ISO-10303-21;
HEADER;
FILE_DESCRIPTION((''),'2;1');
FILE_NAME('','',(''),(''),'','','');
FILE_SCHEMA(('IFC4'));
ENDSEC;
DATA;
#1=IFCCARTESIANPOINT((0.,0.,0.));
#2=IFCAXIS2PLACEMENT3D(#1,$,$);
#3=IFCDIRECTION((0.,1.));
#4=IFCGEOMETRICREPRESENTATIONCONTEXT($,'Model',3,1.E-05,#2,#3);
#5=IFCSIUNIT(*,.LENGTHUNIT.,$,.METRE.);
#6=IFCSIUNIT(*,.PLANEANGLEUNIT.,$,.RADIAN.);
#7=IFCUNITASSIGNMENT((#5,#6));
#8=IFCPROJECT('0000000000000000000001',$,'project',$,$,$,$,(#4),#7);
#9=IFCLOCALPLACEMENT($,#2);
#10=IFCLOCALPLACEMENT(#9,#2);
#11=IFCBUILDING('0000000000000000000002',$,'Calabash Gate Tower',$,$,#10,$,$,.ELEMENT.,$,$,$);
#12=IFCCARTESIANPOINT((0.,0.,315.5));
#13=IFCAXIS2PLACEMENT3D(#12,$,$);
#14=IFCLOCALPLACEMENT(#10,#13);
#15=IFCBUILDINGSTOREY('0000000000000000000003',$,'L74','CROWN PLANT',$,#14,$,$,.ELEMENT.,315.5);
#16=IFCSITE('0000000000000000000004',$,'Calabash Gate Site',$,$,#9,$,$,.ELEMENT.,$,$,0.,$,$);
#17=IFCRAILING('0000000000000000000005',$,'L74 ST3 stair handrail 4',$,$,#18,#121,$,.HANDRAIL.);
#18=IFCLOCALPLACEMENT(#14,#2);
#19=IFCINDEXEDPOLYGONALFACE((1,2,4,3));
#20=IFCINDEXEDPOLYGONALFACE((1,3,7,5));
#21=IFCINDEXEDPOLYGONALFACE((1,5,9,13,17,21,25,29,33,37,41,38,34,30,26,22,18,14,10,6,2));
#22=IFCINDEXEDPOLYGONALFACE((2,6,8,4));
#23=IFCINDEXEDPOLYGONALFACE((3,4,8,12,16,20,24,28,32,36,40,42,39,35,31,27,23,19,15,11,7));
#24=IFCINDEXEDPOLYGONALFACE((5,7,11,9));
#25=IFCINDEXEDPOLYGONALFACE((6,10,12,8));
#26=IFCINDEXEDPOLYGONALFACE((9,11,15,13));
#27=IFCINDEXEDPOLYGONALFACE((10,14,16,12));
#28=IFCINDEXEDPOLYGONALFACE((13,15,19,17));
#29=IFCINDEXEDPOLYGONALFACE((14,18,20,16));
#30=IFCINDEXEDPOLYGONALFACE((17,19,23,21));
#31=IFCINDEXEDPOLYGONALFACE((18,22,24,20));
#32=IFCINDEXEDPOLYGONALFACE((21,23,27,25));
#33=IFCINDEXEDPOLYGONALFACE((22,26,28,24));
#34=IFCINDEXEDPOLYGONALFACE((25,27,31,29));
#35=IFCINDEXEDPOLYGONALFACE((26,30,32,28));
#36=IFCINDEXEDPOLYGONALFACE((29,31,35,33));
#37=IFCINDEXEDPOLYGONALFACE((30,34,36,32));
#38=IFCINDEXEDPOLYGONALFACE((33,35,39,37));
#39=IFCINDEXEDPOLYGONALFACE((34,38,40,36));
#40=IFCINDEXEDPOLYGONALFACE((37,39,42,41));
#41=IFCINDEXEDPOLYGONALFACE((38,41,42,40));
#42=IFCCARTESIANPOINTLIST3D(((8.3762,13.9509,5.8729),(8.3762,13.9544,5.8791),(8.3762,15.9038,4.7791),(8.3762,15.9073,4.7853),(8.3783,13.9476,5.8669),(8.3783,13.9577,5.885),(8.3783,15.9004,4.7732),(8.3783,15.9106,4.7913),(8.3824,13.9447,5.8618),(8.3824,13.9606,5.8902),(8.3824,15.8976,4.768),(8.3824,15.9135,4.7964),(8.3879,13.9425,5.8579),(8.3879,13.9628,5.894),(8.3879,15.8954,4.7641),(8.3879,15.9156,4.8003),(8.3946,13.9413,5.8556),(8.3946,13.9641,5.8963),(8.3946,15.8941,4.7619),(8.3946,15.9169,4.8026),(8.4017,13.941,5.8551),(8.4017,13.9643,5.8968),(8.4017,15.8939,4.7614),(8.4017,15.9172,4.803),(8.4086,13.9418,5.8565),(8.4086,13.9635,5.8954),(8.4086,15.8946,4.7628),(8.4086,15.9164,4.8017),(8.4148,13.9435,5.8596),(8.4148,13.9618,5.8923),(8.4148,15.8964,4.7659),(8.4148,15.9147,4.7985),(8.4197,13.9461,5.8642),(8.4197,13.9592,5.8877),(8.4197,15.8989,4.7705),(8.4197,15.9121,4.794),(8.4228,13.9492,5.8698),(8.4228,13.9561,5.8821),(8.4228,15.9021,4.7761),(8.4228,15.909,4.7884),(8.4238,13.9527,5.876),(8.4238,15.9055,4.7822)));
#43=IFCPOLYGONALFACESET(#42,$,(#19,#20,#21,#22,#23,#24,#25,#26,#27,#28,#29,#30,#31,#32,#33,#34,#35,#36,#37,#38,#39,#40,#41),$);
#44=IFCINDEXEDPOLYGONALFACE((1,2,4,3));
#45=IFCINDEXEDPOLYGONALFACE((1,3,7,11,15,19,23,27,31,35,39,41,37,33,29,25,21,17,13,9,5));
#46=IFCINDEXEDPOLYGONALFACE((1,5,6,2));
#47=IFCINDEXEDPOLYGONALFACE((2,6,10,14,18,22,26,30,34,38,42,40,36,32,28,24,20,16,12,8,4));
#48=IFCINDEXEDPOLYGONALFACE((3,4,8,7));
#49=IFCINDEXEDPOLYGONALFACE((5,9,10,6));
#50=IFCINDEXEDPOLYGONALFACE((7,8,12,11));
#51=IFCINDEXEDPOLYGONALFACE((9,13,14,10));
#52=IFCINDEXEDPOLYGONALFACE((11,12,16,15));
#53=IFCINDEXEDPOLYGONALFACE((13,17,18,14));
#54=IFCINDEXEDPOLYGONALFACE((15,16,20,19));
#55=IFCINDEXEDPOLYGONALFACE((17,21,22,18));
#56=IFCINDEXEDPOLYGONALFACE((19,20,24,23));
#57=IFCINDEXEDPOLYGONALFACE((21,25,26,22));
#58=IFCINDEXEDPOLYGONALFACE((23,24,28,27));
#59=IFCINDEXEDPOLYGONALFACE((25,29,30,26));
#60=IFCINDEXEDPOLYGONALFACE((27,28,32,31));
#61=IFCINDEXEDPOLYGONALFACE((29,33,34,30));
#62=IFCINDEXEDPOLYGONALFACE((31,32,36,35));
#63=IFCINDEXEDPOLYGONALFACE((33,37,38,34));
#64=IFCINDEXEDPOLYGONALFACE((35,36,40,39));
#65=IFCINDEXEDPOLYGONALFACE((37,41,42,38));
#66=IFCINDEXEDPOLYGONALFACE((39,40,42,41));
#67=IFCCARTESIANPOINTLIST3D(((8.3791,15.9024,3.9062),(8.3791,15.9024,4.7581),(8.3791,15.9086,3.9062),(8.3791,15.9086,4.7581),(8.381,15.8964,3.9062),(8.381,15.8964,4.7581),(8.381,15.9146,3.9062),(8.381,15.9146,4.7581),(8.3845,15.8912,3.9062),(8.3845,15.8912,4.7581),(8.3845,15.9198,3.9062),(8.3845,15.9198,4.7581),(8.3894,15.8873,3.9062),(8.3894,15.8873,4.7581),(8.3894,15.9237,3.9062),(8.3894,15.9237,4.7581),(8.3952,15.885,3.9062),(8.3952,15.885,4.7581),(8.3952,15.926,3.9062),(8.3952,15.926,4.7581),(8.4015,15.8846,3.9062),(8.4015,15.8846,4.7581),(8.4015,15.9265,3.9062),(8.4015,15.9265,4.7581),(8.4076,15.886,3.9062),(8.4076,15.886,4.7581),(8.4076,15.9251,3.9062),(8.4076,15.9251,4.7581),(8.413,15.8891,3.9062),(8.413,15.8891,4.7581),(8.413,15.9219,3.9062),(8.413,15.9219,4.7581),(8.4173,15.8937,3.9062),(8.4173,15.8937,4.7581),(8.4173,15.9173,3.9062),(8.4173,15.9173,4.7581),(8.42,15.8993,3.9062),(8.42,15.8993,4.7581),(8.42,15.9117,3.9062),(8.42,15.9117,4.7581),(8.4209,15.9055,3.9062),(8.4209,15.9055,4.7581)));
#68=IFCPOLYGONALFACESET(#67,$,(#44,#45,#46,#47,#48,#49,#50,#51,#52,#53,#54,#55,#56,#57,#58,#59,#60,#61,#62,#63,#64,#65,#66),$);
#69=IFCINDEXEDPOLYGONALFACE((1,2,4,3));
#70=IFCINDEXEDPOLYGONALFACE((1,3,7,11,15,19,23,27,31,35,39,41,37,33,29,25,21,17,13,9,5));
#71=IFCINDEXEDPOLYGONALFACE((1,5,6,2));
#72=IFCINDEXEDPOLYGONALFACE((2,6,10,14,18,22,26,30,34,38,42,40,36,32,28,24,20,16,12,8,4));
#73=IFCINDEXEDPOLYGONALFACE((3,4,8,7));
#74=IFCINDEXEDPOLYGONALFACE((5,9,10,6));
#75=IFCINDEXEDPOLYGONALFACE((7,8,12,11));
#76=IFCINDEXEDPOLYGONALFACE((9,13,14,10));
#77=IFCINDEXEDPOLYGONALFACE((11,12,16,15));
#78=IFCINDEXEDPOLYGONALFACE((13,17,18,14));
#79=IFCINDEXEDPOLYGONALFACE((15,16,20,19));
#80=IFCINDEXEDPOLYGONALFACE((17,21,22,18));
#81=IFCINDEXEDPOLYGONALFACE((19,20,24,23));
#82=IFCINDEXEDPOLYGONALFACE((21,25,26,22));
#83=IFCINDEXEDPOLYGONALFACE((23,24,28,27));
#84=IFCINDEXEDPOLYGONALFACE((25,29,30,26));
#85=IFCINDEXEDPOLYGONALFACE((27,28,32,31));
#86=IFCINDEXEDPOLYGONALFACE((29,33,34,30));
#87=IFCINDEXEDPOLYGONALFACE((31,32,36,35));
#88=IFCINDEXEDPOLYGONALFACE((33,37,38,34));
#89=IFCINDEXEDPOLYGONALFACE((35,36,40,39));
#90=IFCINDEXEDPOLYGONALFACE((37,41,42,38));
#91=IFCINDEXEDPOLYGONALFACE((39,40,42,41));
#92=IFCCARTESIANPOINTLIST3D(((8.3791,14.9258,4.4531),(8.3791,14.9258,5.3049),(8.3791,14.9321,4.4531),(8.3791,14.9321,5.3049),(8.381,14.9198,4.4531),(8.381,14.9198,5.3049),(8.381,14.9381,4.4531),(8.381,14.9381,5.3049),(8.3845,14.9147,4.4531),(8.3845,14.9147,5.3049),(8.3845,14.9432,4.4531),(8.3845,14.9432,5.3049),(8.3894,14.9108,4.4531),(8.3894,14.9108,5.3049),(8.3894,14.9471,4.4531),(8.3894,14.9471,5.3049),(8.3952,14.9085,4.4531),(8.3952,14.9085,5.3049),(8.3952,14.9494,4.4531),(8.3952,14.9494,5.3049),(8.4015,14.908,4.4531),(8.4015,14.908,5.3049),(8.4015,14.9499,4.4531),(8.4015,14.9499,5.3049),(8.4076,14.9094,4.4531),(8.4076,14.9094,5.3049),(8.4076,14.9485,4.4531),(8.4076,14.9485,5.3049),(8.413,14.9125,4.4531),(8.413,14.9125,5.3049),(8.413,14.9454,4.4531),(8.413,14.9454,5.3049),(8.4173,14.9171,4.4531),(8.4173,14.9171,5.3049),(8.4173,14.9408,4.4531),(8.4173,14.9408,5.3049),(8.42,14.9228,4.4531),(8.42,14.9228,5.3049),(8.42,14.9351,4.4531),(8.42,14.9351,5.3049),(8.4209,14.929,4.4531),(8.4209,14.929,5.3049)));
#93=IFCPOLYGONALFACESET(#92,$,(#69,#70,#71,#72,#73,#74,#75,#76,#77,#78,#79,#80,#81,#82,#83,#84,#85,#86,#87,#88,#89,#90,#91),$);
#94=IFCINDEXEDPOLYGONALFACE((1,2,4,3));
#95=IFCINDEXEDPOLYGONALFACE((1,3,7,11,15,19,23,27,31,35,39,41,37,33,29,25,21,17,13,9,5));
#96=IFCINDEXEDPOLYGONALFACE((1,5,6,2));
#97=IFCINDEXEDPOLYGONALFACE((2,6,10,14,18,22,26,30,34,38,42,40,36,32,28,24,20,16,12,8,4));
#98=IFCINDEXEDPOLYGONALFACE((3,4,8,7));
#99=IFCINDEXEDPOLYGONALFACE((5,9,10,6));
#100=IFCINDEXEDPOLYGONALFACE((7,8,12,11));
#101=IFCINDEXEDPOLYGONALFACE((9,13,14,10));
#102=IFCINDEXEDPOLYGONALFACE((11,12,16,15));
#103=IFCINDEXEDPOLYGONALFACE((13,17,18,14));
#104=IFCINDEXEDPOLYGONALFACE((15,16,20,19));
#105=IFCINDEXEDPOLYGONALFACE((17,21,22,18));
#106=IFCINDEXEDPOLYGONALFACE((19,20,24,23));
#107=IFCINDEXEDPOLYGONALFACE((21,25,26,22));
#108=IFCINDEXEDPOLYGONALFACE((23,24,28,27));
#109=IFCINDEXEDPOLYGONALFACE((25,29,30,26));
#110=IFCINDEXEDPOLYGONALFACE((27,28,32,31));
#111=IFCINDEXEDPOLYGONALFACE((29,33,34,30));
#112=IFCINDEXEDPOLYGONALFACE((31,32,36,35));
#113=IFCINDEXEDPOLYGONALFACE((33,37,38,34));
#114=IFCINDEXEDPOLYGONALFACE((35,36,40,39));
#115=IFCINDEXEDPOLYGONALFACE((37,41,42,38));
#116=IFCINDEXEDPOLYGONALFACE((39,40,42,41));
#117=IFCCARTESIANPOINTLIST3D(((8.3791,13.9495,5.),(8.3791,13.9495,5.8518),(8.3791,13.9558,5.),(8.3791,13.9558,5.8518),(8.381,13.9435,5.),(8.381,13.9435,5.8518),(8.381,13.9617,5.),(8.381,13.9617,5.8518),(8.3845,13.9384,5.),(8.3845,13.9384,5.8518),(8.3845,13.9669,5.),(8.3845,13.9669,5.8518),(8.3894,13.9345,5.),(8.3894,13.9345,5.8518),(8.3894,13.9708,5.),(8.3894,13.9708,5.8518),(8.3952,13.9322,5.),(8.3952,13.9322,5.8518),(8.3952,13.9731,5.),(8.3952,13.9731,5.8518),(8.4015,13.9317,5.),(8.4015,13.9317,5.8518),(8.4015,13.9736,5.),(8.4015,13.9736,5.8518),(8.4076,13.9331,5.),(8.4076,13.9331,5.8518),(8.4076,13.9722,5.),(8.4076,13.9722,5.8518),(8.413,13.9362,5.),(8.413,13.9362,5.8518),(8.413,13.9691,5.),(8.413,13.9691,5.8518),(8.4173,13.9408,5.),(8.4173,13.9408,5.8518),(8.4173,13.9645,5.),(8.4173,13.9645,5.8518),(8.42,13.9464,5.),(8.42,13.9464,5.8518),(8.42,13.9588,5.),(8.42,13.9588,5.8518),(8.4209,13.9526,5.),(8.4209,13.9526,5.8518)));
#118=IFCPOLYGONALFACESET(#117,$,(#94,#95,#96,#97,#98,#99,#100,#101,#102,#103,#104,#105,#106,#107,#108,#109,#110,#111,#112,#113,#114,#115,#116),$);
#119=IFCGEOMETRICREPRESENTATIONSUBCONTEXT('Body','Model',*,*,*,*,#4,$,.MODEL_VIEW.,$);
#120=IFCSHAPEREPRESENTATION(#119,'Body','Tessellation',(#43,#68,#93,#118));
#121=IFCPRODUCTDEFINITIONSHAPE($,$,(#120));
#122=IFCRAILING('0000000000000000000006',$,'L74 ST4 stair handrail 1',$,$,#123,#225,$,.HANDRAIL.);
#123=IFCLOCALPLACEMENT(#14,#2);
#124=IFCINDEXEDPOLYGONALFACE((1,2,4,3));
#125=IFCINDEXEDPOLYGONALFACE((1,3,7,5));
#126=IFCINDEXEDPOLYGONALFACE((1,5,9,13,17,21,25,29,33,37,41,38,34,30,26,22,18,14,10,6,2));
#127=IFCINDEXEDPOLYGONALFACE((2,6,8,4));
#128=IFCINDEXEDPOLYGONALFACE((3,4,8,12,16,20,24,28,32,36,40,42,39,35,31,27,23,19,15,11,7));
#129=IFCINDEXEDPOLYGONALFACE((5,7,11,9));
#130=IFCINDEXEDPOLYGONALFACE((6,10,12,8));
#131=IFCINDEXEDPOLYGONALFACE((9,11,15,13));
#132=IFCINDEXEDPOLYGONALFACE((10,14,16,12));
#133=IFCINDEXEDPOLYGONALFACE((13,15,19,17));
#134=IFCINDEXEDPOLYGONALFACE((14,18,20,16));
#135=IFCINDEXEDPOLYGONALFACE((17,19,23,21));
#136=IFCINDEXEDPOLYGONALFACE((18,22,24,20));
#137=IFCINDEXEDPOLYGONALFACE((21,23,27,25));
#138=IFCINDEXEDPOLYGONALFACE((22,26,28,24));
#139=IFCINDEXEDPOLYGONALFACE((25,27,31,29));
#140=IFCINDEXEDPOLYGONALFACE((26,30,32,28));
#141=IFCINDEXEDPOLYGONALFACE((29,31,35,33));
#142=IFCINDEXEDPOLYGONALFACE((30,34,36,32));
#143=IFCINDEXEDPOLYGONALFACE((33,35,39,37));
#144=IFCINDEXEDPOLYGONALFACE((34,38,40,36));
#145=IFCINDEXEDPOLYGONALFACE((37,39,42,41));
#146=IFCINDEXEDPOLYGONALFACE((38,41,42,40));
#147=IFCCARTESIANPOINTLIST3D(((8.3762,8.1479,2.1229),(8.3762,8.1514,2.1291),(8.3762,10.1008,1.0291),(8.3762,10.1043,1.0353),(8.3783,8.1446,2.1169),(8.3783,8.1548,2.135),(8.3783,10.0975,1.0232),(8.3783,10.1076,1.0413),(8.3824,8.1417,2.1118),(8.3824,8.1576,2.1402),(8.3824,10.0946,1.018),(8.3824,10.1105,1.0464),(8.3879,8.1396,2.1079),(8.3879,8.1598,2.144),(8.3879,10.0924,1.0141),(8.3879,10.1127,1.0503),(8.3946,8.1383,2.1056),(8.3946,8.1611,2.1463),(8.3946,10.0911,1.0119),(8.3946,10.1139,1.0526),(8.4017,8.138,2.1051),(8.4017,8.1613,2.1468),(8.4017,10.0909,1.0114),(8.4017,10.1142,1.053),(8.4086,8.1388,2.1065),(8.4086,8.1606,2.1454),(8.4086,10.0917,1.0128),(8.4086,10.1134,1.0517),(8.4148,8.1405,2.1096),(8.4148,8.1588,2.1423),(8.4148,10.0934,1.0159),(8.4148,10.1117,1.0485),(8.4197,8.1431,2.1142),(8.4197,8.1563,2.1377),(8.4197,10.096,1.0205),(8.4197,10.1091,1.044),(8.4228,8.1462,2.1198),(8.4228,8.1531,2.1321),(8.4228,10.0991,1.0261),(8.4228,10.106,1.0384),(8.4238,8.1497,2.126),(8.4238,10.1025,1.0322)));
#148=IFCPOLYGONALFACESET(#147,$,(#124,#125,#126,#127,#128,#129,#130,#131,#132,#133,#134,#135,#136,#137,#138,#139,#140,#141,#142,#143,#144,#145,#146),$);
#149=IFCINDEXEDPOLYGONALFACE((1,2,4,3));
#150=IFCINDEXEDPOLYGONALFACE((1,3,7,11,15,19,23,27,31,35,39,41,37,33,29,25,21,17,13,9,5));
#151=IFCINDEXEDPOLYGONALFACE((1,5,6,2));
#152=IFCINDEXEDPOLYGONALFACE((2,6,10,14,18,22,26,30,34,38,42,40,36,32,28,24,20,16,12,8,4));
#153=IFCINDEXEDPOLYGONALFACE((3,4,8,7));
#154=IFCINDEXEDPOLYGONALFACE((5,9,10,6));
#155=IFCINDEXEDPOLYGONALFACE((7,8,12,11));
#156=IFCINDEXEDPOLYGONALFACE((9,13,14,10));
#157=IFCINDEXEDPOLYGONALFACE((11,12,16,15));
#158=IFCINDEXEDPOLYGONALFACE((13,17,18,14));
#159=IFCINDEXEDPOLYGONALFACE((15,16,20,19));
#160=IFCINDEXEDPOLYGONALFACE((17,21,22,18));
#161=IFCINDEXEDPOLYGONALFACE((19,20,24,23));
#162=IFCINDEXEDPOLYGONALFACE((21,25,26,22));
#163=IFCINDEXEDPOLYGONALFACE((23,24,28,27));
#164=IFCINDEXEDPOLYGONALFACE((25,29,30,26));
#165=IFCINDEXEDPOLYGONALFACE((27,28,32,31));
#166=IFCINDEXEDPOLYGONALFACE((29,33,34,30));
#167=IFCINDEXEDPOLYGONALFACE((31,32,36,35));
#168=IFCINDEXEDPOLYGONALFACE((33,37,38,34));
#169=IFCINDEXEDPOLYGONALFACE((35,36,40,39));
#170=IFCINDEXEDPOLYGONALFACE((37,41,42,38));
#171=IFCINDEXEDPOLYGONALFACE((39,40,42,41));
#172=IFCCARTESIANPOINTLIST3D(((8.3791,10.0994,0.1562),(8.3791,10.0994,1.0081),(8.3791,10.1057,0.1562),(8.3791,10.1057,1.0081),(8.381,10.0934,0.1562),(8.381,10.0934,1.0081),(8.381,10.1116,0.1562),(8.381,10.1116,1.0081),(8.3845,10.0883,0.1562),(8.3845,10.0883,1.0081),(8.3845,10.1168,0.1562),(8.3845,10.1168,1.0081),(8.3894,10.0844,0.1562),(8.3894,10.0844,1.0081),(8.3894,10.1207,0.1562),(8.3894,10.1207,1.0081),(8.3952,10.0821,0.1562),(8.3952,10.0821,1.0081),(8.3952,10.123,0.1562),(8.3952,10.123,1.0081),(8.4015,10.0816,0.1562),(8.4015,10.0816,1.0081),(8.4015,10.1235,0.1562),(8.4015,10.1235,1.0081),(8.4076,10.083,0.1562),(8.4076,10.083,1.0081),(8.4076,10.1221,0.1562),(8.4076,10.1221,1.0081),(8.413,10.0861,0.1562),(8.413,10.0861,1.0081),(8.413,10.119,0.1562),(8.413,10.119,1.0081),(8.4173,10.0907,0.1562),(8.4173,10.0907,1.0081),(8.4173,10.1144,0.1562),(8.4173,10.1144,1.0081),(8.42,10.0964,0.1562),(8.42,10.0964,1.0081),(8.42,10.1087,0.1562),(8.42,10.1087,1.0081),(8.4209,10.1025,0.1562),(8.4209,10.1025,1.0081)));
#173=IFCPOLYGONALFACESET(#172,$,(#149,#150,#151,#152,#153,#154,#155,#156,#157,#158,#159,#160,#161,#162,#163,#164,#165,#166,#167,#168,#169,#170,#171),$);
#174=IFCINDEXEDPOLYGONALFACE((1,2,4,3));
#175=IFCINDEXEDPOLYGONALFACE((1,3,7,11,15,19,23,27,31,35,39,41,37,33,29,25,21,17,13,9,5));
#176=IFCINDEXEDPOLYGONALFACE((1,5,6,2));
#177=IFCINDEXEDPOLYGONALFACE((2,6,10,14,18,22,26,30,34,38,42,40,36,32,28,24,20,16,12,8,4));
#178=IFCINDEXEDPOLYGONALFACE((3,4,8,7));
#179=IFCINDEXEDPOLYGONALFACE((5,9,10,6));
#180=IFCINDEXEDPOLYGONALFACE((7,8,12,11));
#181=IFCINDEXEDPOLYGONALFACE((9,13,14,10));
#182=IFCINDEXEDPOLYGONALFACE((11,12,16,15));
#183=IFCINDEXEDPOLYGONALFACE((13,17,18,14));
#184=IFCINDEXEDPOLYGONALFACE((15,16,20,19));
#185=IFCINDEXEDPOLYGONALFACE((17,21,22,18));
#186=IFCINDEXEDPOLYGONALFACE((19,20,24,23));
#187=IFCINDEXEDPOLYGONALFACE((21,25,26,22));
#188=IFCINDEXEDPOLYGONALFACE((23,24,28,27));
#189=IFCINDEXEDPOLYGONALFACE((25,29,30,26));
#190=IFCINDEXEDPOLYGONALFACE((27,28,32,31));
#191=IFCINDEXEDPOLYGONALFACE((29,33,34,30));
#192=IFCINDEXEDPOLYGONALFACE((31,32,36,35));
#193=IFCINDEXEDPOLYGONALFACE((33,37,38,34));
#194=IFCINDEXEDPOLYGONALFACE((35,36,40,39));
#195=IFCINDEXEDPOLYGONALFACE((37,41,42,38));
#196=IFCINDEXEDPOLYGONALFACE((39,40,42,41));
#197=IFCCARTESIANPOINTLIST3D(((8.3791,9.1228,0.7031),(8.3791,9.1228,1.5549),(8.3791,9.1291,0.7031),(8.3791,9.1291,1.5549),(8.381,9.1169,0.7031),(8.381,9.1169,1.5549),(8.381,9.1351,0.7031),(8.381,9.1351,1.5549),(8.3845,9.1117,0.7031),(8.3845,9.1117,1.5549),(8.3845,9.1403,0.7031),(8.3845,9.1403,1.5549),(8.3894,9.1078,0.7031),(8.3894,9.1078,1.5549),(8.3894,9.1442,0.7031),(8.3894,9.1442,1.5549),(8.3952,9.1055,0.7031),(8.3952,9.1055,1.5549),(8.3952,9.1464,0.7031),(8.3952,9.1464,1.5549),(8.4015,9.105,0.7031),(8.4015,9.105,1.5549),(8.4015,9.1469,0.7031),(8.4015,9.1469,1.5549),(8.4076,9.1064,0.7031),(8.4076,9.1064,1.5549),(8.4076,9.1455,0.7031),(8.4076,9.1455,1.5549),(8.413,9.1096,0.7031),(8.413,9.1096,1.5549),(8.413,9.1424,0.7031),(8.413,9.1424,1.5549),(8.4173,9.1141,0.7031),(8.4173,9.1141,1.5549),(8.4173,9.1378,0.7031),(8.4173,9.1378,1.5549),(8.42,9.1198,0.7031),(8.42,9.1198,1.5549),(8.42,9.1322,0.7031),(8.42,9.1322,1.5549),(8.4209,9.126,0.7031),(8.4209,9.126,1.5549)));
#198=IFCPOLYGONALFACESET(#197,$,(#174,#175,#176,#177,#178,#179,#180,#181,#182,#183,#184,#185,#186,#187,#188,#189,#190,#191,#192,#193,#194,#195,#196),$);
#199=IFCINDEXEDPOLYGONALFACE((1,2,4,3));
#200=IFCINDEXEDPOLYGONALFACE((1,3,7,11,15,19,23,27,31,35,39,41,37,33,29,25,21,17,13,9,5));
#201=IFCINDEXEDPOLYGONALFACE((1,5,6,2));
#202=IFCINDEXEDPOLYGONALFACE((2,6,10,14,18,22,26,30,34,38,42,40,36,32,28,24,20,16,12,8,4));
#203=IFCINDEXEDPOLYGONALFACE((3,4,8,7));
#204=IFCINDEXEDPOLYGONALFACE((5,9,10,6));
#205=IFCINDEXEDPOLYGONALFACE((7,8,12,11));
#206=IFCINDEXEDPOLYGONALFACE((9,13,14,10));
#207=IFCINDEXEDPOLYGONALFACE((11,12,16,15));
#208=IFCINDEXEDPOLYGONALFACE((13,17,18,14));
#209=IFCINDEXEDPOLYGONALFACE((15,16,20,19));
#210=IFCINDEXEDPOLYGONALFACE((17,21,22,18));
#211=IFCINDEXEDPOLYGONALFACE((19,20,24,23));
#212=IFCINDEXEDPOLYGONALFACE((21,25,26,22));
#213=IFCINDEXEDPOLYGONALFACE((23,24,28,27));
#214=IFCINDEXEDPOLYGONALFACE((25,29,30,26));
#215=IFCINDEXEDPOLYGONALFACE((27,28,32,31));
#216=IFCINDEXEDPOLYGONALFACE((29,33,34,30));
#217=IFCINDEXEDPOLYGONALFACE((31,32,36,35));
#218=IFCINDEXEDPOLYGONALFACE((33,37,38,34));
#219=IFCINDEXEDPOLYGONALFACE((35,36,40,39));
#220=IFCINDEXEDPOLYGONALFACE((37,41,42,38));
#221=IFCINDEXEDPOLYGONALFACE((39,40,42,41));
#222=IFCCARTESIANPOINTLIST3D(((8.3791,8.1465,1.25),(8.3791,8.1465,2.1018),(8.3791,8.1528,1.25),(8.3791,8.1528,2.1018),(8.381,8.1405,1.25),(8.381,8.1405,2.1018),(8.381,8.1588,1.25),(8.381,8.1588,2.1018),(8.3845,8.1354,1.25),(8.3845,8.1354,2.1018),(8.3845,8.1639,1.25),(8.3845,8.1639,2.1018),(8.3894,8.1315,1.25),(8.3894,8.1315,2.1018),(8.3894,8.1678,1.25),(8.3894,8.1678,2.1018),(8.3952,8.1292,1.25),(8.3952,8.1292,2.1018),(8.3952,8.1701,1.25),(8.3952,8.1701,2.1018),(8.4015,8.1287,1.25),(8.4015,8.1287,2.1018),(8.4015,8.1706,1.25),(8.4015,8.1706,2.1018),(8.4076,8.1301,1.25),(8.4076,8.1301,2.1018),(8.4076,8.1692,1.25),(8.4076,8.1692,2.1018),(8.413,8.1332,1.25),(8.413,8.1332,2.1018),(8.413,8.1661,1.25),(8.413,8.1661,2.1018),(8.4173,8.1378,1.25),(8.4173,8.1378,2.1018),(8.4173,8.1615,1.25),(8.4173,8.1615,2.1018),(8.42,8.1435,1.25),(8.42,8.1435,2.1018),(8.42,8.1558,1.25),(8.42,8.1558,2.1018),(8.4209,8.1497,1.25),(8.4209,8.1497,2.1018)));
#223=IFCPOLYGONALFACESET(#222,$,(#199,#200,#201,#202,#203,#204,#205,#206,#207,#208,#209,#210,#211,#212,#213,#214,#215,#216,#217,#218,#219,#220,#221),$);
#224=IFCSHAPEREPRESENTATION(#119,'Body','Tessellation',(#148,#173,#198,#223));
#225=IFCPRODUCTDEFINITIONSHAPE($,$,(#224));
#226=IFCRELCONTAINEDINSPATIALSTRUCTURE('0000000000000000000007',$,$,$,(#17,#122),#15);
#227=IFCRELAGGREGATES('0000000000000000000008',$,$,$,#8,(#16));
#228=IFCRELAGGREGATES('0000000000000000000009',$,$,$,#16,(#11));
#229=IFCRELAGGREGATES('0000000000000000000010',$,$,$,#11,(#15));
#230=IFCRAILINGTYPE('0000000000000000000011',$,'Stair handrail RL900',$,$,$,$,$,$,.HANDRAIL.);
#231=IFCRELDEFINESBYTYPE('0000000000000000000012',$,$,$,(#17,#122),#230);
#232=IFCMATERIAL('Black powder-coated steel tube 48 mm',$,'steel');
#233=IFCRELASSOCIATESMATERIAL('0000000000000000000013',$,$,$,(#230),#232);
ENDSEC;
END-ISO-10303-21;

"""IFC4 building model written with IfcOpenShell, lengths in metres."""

from ifc_helpers import new_model, si_unit, direction, frame, origin, origin_2d, place, context, subcontext, project, spatial, circle, extrude, material, type_object, element, save


model = new_model("IFC4")

# Units and contexts
model_context = context("Model", 3, precision=1e-05, world=origin(), true_north=direction((0.0, 1.0)))
body_context = subcontext(model_context, "Body", "Model", "MODEL_VIEW")
ifc_project = project(units=[si_unit("LENGTHUNIT", "METRE"), si_unit("PLANEANGLEUNIT", "RADIAN")], contexts=[model_context])

# Site, building, storey
site_placement = place(None, origin())
site = spatial("IfcSite", under=ifc_project, at=site_placement, Name="Calabash Gate Site", CompositionType="ELEMENT", RefElevation=0.0)
building_placement = place(site_placement, origin())
building = spatial("IfcBuilding", under=site, at=building_placement, Name="Calabash Gate Tower", CompositionType="ELEMENT")
storey_placement = place(building_placement, frame((0.0, 0.0, 315.5)))
storey = spatial("IfcBuildingStorey", under=building, at=storey_placement, Name="L74", Description="CROWN PLANT", CompositionType="ELEMENT", Elevation=315.5)

# Railings
ifc_material_1 = material(Name="Black powder-coated steel tube 48 mm", Category="steel")
railing_type_1 = type_object("IfcRailingType", Name="Stair handrail RL900", PredefinedType="HANDRAIL", material=ifc_material_1)
for number, where, name in (
    (1, (8.3999, 15.9055, 3.9062), "L74 ST3 stair handrail 4"),
    (2, (8.3999, 10.1025, 0.1562), "L74 ST4 stair handrail 1"),
):
    element("IfcRailing", number, at=place(storey_placement, frame(where)), inside=storey, type_object=railing_type_1, Name=name, PredefinedType="HANDRAIL", context=body_context, shape_type="SweptSolid", body=[
        extrude(circle(Radius=0.0239, at=origin_2d()), frame((0.0, 0.0, 0.876), z_axis=(0.0, -0.87248, 0.48865), x_axis=(1.0, 0.0, 0.0)), (0.0, 0.0, 1.0), 2.2383),
        extrude(circle(Radius=0.021, at=origin_2d()), origin(), (0.0, 0.0, 1.0), 0.8518),
        extrude(circle(Radius=0.021, at=origin_2d()), frame((0.0, -0.9766, 0.5469)), (0.0, 0.0, 1.0), 0.8518),
        extrude(circle(Radius=0.021, at=origin_2d()), frame((0.0, -1.9529, 1.0938)), (0.0, 0.0, 1.0), 0.8518),
    ])

save(model, "model.ifc")
